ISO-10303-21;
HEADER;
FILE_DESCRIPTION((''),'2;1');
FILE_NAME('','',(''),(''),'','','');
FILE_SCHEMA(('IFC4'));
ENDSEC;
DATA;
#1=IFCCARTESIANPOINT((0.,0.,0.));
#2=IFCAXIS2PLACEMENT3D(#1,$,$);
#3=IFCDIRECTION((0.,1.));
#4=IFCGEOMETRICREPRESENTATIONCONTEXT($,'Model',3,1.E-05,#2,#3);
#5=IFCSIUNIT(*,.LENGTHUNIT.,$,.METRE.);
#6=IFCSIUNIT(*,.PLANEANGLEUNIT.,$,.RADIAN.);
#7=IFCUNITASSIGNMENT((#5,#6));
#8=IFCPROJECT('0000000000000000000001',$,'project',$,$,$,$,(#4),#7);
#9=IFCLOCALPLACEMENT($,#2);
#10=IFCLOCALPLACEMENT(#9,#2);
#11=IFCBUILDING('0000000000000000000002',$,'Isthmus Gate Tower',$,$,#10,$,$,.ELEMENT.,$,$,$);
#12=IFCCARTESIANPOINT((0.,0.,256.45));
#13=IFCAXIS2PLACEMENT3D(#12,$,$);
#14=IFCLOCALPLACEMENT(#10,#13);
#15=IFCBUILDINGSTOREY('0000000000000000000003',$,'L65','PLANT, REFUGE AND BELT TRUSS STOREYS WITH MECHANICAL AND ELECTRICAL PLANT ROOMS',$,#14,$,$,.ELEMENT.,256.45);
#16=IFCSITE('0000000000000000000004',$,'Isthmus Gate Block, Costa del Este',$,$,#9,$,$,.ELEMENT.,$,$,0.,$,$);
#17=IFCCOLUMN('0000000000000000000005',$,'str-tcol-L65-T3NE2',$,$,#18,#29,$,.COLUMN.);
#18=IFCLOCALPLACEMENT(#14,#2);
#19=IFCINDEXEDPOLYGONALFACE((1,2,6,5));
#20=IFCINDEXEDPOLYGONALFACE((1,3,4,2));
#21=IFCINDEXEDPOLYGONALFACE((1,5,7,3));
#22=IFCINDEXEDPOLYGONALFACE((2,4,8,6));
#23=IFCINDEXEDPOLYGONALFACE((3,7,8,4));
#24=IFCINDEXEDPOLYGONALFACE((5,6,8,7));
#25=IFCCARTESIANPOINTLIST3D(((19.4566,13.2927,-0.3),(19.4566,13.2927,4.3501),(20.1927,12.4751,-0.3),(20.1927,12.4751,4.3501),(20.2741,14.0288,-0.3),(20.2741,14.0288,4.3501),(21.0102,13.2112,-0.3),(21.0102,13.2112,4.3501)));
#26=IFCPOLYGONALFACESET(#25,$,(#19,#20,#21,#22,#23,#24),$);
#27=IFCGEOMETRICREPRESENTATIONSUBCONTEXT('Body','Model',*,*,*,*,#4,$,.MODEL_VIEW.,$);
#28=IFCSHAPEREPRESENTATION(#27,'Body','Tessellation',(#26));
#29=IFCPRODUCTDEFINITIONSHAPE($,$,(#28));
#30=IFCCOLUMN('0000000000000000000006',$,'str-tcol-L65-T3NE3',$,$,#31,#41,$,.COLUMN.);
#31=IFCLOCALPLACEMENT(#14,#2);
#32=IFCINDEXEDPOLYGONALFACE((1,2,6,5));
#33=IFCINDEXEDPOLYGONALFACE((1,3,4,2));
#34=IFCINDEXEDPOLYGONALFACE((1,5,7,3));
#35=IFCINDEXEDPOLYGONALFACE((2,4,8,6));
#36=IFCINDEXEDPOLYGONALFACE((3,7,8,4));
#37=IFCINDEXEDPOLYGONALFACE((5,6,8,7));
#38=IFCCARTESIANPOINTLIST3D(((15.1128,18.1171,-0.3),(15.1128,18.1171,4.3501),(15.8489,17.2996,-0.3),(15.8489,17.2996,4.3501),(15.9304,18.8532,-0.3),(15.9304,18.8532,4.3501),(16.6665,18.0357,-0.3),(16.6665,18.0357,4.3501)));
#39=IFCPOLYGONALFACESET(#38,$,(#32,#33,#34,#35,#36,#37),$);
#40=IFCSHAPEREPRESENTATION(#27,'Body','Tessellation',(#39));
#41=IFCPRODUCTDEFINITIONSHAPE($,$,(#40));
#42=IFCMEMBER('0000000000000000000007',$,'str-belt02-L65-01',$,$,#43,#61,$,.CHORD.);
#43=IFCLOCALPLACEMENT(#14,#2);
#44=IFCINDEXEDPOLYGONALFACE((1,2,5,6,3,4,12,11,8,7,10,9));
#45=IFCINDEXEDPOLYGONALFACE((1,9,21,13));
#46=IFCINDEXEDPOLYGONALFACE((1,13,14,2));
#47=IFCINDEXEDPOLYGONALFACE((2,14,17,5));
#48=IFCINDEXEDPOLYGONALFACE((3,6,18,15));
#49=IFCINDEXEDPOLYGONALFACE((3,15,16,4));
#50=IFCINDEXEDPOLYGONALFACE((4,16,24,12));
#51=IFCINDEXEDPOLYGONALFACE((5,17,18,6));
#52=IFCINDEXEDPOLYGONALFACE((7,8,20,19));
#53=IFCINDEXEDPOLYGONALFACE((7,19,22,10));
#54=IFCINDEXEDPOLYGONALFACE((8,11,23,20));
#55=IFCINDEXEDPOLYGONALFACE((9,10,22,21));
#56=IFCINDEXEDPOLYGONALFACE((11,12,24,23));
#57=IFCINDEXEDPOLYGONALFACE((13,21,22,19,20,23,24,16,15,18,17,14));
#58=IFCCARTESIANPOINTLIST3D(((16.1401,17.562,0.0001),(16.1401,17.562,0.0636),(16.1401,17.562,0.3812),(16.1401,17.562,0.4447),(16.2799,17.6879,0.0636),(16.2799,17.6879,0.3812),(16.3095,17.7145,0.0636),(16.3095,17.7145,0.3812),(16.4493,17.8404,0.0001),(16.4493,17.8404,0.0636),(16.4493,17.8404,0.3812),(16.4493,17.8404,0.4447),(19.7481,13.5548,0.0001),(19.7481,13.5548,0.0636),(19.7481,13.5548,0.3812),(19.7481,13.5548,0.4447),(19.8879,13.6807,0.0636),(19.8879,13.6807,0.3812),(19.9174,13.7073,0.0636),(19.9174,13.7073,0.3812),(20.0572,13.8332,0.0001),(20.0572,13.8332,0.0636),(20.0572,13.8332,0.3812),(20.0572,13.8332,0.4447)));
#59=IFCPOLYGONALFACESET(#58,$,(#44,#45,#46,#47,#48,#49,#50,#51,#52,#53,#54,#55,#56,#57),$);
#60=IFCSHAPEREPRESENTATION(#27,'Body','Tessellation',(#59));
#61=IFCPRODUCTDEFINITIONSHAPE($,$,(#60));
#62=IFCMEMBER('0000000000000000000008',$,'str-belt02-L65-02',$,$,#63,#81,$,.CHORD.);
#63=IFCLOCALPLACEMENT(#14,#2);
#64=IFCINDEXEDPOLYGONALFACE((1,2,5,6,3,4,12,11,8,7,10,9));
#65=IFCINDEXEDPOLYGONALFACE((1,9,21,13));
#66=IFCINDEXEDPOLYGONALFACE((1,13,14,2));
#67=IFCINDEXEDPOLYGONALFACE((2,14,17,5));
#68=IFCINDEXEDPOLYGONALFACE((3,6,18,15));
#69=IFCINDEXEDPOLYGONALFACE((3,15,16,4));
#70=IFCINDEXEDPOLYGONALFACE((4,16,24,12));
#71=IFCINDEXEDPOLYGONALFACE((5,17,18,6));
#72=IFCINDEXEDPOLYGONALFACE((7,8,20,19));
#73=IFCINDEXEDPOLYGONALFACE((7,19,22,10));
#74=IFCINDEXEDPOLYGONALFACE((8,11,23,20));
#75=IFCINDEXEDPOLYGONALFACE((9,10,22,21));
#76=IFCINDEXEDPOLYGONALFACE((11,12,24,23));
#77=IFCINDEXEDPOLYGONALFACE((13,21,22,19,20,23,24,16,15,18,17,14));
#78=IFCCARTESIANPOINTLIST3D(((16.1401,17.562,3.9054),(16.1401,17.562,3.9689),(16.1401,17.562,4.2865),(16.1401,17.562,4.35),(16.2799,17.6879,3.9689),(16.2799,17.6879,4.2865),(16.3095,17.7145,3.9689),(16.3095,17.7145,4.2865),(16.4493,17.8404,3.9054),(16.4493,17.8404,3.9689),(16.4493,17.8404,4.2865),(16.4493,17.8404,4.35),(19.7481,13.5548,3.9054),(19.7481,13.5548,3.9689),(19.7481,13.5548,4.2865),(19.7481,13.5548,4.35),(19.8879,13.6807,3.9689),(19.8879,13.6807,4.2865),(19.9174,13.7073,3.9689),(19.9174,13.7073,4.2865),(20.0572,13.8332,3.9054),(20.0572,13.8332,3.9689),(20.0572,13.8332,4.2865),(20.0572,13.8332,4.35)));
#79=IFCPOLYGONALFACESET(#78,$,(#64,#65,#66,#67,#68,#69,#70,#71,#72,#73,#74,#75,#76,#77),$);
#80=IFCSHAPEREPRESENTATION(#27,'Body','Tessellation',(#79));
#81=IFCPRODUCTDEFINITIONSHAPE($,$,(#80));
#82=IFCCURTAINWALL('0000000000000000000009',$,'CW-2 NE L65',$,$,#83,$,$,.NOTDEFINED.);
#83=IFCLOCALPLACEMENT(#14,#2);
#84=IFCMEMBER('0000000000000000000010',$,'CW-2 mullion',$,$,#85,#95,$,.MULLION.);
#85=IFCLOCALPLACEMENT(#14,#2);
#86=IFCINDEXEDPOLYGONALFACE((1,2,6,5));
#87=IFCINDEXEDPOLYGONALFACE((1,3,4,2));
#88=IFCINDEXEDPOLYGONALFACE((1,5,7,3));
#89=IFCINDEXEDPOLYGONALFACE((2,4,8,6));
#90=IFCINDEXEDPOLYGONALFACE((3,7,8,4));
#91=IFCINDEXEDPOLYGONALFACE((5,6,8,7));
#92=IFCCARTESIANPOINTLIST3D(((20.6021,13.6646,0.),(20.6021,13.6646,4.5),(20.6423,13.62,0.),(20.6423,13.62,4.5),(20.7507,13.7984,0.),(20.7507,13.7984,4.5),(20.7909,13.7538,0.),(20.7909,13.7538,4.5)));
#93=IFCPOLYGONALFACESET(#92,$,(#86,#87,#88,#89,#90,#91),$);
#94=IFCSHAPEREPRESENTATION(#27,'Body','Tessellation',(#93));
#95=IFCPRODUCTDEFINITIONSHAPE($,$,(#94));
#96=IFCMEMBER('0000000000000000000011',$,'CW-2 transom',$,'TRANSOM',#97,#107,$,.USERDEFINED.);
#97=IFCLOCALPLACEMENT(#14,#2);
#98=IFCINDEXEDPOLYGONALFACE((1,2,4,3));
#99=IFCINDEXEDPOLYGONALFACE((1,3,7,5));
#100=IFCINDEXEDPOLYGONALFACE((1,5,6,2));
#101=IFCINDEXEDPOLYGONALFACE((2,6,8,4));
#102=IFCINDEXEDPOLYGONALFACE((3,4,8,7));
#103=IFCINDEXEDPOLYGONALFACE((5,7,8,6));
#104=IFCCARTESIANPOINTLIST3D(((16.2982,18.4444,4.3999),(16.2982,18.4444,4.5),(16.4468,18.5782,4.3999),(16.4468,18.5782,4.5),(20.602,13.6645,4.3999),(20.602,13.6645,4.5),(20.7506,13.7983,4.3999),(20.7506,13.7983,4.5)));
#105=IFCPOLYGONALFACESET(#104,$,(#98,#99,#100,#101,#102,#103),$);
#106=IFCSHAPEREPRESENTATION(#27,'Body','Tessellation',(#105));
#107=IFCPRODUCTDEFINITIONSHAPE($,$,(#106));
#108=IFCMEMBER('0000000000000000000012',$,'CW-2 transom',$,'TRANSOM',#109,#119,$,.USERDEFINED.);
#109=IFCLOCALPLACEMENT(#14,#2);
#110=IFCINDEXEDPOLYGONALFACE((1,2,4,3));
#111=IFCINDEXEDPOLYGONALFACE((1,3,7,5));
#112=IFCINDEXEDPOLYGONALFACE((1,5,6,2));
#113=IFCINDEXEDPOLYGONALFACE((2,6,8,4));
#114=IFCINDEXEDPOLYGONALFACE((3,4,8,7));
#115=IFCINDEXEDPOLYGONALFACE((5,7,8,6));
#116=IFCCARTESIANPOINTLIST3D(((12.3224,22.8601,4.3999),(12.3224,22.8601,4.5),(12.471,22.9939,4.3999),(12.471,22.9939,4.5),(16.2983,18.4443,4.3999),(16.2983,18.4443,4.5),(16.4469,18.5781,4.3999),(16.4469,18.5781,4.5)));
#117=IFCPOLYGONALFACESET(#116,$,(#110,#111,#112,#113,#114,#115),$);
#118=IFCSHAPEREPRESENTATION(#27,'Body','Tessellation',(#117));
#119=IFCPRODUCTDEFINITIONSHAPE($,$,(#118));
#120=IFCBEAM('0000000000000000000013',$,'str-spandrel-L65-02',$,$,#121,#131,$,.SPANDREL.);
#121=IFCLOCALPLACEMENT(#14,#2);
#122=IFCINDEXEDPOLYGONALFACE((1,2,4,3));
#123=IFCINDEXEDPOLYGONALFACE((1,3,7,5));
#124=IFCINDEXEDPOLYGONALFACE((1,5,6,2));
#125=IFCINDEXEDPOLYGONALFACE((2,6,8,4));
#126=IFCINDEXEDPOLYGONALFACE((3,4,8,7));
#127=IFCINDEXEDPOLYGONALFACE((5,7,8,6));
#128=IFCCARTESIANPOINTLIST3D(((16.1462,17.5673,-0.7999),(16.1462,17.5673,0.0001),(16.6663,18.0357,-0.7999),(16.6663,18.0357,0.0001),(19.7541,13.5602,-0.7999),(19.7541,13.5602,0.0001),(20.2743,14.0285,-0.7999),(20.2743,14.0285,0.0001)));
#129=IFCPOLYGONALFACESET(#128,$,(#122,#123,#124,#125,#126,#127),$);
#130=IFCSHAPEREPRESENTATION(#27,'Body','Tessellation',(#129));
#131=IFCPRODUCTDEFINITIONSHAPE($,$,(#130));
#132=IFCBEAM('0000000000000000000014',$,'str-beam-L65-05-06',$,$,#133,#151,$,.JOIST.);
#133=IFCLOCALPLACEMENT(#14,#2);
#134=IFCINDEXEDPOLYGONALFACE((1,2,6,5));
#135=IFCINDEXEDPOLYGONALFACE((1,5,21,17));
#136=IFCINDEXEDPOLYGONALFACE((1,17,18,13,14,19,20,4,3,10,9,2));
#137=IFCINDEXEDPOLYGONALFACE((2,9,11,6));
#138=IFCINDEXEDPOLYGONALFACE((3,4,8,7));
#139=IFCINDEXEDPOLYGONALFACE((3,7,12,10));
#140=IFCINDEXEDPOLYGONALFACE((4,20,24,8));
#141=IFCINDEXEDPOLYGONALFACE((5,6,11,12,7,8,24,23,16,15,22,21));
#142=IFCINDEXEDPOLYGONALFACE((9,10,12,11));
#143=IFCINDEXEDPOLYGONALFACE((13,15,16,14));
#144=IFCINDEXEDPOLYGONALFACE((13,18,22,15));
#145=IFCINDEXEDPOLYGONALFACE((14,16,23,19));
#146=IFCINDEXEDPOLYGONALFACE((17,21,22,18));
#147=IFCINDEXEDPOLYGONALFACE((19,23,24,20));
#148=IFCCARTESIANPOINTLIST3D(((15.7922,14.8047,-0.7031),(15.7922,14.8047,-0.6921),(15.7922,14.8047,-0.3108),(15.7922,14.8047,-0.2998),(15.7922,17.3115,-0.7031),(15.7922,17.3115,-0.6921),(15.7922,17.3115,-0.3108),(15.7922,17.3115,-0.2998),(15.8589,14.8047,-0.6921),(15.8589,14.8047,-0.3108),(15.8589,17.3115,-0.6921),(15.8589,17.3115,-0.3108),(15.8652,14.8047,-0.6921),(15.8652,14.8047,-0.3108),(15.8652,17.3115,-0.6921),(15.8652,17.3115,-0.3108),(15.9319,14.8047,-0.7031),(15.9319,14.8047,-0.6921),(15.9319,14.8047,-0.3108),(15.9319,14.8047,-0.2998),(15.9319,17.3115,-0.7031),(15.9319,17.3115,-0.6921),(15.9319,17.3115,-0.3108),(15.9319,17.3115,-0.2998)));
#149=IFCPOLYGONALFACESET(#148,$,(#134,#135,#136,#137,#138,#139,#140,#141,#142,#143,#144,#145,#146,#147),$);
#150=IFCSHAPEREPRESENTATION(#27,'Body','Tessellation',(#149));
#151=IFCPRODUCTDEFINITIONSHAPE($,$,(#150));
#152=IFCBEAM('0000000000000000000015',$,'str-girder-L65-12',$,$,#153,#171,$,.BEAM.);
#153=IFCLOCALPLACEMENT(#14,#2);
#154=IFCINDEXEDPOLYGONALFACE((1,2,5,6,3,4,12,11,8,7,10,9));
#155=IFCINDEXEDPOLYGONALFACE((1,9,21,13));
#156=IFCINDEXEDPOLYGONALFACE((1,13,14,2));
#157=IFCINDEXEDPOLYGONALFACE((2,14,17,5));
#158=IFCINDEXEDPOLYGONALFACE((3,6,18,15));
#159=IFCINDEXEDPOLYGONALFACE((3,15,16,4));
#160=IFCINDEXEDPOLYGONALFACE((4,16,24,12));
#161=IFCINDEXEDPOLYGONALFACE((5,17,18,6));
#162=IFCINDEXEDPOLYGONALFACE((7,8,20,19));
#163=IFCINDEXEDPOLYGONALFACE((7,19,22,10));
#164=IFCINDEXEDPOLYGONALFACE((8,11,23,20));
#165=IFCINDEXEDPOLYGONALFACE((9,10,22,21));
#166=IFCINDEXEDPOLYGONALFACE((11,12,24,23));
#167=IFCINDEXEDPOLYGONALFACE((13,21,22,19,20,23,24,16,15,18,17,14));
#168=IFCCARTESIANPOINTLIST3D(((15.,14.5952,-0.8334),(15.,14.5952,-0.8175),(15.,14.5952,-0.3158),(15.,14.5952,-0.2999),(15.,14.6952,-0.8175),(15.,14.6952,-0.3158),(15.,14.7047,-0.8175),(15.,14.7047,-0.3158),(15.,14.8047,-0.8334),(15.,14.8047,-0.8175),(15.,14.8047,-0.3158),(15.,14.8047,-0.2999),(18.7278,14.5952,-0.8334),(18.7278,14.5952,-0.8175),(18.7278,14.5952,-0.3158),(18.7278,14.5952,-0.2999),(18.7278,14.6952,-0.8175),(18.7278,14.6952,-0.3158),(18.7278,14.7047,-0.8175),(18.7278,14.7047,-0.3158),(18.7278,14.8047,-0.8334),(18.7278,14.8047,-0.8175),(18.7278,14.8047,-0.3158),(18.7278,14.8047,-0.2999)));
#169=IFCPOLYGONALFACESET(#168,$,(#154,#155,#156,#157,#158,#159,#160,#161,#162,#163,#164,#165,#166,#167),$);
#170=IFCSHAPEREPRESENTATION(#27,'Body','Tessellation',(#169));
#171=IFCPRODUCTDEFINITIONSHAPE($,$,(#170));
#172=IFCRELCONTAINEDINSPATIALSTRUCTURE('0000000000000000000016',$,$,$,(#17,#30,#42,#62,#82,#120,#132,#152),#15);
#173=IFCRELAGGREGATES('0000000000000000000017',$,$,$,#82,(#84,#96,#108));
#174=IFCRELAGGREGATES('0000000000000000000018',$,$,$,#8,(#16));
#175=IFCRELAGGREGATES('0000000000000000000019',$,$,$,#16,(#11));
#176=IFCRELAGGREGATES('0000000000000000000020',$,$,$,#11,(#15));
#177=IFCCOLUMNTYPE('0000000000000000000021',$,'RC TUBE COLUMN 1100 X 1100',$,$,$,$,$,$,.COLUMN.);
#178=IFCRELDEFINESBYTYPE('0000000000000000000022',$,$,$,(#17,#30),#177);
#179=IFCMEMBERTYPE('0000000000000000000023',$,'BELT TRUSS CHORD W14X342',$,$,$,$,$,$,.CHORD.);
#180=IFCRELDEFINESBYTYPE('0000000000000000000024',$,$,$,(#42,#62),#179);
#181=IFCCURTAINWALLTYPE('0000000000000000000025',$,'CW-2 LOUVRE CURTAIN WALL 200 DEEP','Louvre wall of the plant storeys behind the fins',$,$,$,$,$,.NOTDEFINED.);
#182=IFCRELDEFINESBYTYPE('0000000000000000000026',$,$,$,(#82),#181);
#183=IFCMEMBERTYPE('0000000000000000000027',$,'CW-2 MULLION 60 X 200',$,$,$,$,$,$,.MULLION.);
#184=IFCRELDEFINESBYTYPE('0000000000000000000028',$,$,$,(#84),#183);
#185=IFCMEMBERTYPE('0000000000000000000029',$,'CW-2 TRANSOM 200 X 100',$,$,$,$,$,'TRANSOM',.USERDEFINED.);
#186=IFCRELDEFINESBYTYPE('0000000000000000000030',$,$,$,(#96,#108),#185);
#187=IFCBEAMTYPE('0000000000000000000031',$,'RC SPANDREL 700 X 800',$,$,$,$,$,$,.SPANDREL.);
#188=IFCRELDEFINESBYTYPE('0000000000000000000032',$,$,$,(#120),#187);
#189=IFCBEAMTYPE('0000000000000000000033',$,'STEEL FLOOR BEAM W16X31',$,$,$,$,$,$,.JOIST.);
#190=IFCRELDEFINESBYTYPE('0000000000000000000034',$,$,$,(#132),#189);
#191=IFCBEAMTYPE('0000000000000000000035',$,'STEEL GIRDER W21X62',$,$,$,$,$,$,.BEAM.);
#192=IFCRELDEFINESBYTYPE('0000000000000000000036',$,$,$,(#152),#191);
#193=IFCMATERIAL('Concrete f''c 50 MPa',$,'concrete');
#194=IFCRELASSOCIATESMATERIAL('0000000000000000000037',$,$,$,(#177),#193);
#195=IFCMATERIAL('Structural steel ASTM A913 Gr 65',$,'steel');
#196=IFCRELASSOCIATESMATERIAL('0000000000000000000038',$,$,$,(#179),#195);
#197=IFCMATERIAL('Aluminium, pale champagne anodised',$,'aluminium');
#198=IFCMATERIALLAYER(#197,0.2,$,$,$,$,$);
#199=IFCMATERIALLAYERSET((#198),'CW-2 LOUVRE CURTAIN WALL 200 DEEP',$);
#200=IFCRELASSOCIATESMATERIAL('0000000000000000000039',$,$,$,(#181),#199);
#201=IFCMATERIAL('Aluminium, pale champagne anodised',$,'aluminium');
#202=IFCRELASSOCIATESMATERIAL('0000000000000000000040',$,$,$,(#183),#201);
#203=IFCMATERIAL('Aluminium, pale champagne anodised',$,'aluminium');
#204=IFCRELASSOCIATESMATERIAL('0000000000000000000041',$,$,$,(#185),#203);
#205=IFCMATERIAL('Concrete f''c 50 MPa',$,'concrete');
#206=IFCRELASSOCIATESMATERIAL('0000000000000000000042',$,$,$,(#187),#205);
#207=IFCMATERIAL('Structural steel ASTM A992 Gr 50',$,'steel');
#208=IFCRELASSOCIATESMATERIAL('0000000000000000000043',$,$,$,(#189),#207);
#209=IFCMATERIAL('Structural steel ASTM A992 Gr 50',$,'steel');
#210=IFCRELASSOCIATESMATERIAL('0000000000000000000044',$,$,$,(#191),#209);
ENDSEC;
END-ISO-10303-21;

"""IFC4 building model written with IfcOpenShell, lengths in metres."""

from ifc_helpers import new_model, si_unit, direction, frame, origin, origin_2d, place, context, subcontext, project, spatial, rectangle, i_section, extrude, material, layer, layer_set, material_profile, profile_set, type_object, element, aggregate, save


model = new_model("IFC4")

# Units and contexts
model_context = context("Model", 3, precision=1e-05, world=origin(), true_north=direction((0.0, 1.0)))
body_context = subcontext(model_context, "Body", "Model", "MODEL_VIEW")
ifc_project = project(units=[si_unit("LENGTHUNIT", "METRE"), si_unit("PLANEANGLEUNIT", "RADIAN")], contexts=[model_context])

# Site, building, storey
site_placement = place(None, origin())
site = spatial("IfcSite", under=ifc_project, at=site_placement, Name="Isthmus Gate Block, Costa del Este", CompositionType="ELEMENT", RefElevation=0.0)
building_placement = place(site_placement, origin())
building = spatial("IfcBuilding", under=site, at=building_placement, Name="Isthmus Gate Tower", CompositionType="ELEMENT")
storey_placement = place(building_placement, frame((0.0, 0.0, 256.45)))
storey = spatial("IfcBuildingStorey", under=building, at=storey_placement, Name="L65", Description="PLANT, REFUGE AND BELT TRUSS STOREYS WITH MECHANICAL AND ELECTRICAL PLANT ROOMS", CompositionType="ELEMENT", Elevation=256.45)

# Columns
ifc_material_1 = material(Name="Concrete f'c 50 MPa", Category="concrete")
ifc_material_profile_1 = material_profile(ifc_material_1, rectangle(XDim=1.1001, YDim=1.1001, at=origin_2d()), Name="RC 1100X1100")
ifc_profile_set_1 = profile_set([ifc_material_profile_1], Name="Concrete f'c 50 MPa")
column_type = type_object("IfcColumnType", Name="RC TUBE COLUMN 1100 X 1100", PredefinedType="COLUMN", material=ifc_profile_set_1)
for number, where, z_axis, x_axis, name in (
    (1, (20.2334, 13.252, -0.3), (0.0, 0.0, 1.0), (-0.669131, 0.743145, 0.0), "str-tcol-L65-T3NE2"),
    (2, (15.8896, 18.0764, -0.3), (0.0, 0.0, 1.0), (-0.669131, 0.743145, 0.0), "str-tcol-L65-T3NE3"),
):
    element("IfcColumn", number, at=place(storey_placement, frame(where, z_axis=z_axis, x_axis=x_axis)), inside=storey, type_object=column_type, Name=name, PredefinedType="COLUMN", context=body_context, shape_type="SweptSolid", body=[
        extrude(rectangle(XDim=1.1001, YDim=1.1001, at=origin_2d()), origin(), (0.0, 0.0, 1.0), 4.6501),
    ])

# Members
ifc_material_2 = material(Name="Structural steel ASTM A913 Gr 65", Category="steel")
ifc_material_profile_2 = material_profile(ifc_material_2, i_section(OverallWidth=0.416, OverallDepth=0.4446, WebThickness=0.0398, FlangeThickness=0.0635, at=origin_2d()), Name="W14X342")
ifc_profile_set_2 = profile_set([ifc_material_profile_2], Name="Structural steel ASTM A913 Gr 65")
member_type_1 = type_object("IfcMemberType", Name="BELT TRUSS CHORD W14X342", PredefinedType="CHORD", material=ifc_profile_set_2)
for number, where, z_axis, x_axis, name in (
    (3, (16.2947, 17.7012, 0.2224), (0.669122, -0.743152, 0.0), (0.743152, 0.669122, 0.0), "str-belt02-L65-01"),
    (4, (16.2947, 17.7012, 4.1277), (0.669122, -0.743152, 0.0), (0.743152, 0.669122, 0.0), "str-belt02-L65-02"),
):
    element("IfcMember", number, at=place(storey_placement, frame(where, z_axis=z_axis, x_axis=x_axis)), inside=storey, type_object=member_type_1, Name=name, PredefinedType="CHORD", context=body_context, shape_type="SweptSolid", body=[
        extrude(i_section(OverallWidth=0.416, OverallDepth=0.4446, WebThickness=0.0398, FlangeThickness=0.0635, at=origin_2d()), origin(), (0.0, 0.0, 1.0), 5.3921),
    ])

# Curtain wall, members
ifc_material_3 = material(Name="Aluminium, pale champagne anodised", Category="aluminium")
ifc_layer_1 = layer(ifc_material_3, 0.2)
ifc_layer_set_1 = layer_set([ifc_layer_1], Name="CW-2 LOUVRE CURTAIN WALL 200 DEEP")
curtain_wall_type = type_object("IfcCurtainWallType", Name="CW-2 LOUVRE CURTAIN WALL 200 DEEP", Description="Louvre wall of the plant storeys behind the fins", PredefinedType="NOTDEFINED", material=ifc_layer_set_1)
curtain_wall_placement = place(storey_placement, origin())
curtain_wall = element("IfcCurtainWall", 5, at=curtain_wall_placement, inside=storey, type_object=curtain_wall_type, Name="CW-2 NE L65", PredefinedType="NOTDEFINED")
ifc_material_4 = material(Name="Aluminium, pale champagne anodised", Category="aluminium")
ifc_material_profile_3 = material_profile(ifc_material_4, rectangle(XDim=0.0601, YDim=0.2, at=origin_2d()), Name="60x200")
ifc_profile_set_3 = profile_set([ifc_material_profile_3], Name="Aluminium, pale champagne anodised")
member_type_2 = type_object("IfcMemberType", Name="CW-2 MULLION 60 X 200", PredefinedType="MULLION", material=ifc_profile_set_3)
member_1_placement = place(storey_placement, frame((20.6965, 13.7092, 0.0), z_axis=(0.0, 0.0, 1.0), x_axis=(-0.669131, 0.743145, 0.0)))
member_1 = element("IfcMember", 6, at=member_1_placement, type_object=member_type_2, Name="CW-2 mullion", PredefinedType="MULLION", context=body_context, shape_type="SweptSolid", body=[
    extrude(rectangle(XDim=0.0601, YDim=0.2, at=origin_2d()), origin(), (0.0, 0.0, 1.0), 4.5),
])
ifc_material_5 = material(Name="Aluminium, pale champagne anodised", Category="aluminium")
ifc_material_profile_4 = material_profile(ifc_material_5, rectangle(XDim=0.2, YDim=0.1001, at=origin_2d()), Name="200x100")
ifc_profile_set_4 = profile_set([ifc_material_profile_4], Name="Aluminium, pale champagne anodised")
member_type_3 = type_object("IfcMemberType", Name="CW-2 TRANSOM 200 X 100", ElementType="TRANSOM", PredefinedType="USERDEFINED", material=ifc_profile_set_4)
member_2_placement = place(storey_placement, frame((20.6763, 13.7314, 4.45), z_axis=(-0.669128, 0.743147, 0.0), x_axis=(-0.743147, -0.669128, 0.0)))
member_2 = element("IfcMember", 7, at=member_2_placement, type_object=member_type_3, Name="CW-2 transom", ObjectType="TRANSOM", PredefinedType="USERDEFINED", context=body_context, shape_type="SweptSolid", body=[
    extrude(rectangle(XDim=0.2, YDim=0.1001, at=origin_2d()), origin(), (0.0, 0.0, 1.0), 6.4319),
])
member_3_placement = place(storey_placement, frame((16.3726, 18.5112, 4.45), z_axis=(-0.669117, 0.743157, 0.0), x_axis=(-0.743157, -0.669117, 0.0)))
member_3 = element("IfcMember", 8, at=member_3_placement, type_object=member_type_3, Name="CW-2 transom", ObjectType="TRANSOM", PredefinedType="USERDEFINED", context=body_context, shape_type="SweptSolid", body=[
    extrude(rectangle(XDim=0.2, YDim=0.1001, at=origin_2d()), origin(), (0.0, 0.0, 1.0), 5.9419),
])

# Beams
ifc_material_6 = material(Name="Concrete f'c 50 MPa", Category="concrete")
ifc_material_profile_5 = material_profile(ifc_material_6, rectangle(XDim=0.7, YDim=0.8, at=origin_2d()), Name="RC 700X800")
ifc_profile_set_5 = profile_set([ifc_material_profile_5], Name="Concrete f'c 50 MPa")
beam_type_1 = type_object("IfcBeamType", Name="RC SPANDREL 700 X 800", PredefinedType="SPANDREL", material=ifc_profile_set_5)
beam_1_placement = place(storey_placement, frame((16.4062, 17.8015, -0.3999), z_axis=(0.669122, -0.743152, 0.0), x_axis=(0.743152, 0.669122, 0.0)))
element("IfcBeam", 9, at=beam_1_placement, inside=storey, type_object=beam_type_1, Name="str-spandrel-L65-02", PredefinedType="SPANDREL", context=body_context, shape_type="SweptSolid", body=[
    extrude(rectangle(XDim=0.7, YDim=0.8, at=origin_2d()), origin(), (0.0, 0.0, 1.0), 5.3921),
])
ifc_material_7 = material(Name="Structural steel ASTM A992 Gr 50", Category="steel")
ifc_material_profile_6 = material_profile(ifc_material_7, i_section(OverallWidth=0.1396, OverallDepth=0.4033, WebThickness=0.0063, FlangeThickness=0.011, at=origin_2d()), Name="W16X31")
ifc_profile_set_6 = profile_set([ifc_material_profile_6], Name="Structural steel ASTM A992 Gr 50")
beam_type_2 = type_object("IfcBeamType", Name="STEEL FLOOR BEAM W16X31", PredefinedType="JOIST", material=ifc_profile_set_6)
beam_2_placement = place(storey_placement, frame((15.8621, 14.8047, -0.5015), z_axis=(0.0, 1.0, 0.0), x_axis=(-1.0, 0.0, 0.0)))
element("IfcBeam", 10, at=beam_2_placement, inside=storey, type_object=beam_type_2, Name="str-beam-L65-05-06", PredefinedType="JOIST", context=body_context, shape_type="SweptSolid", body=[
    extrude(i_section(OverallWidth=0.1396, OverallDepth=0.4033, WebThickness=0.0063, FlangeThickness=0.011, at=origin_2d()), origin(), (0.0, 0.0, 1.0), 2.5068),
])
ifc_material_8 = material(Name="Structural steel ASTM A992 Gr 50", Category="steel")
ifc_material_profile_7 = material_profile(ifc_material_8, i_section(OverallWidth=0.2095, OverallDepth=0.5334, WebThickness=0.0095, FlangeThickness=0.0159, at=origin_2d()), Name="W21X62")
ifc_profile_set_7 = profile_set([ifc_material_profile_7], Name="Structural steel ASTM A992 Gr 50")
beam_type_3 = type_object("IfcBeamType", Name="STEEL GIRDER W21X62", PredefinedType="BEAM", material=ifc_profile_set_7)
beam_3_placement = place(storey_placement, frame((15.0, 14.7, -0.5667), z_axis=(1.0, 0.0, 0.0), x_axis=(0.0, 1.0, 0.0)))
element("IfcBeam", 11, at=beam_3_placement, inside=storey, type_object=beam_type_3, Name="str-girder-L65-12", PredefinedType="BEAM", context=body_context, shape_type="SweptSolid", body=[
    extrude(i_section(OverallWidth=0.2095, OverallDepth=0.5334, WebThickness=0.0095, FlangeThickness=0.0159, at=origin_2d()), origin(), (0.0, 0.0, 1.0), 3.7278),
])

aggregate(curtain_wall, [member_1, member_2, member_3])

save(model, "model.ifc")
